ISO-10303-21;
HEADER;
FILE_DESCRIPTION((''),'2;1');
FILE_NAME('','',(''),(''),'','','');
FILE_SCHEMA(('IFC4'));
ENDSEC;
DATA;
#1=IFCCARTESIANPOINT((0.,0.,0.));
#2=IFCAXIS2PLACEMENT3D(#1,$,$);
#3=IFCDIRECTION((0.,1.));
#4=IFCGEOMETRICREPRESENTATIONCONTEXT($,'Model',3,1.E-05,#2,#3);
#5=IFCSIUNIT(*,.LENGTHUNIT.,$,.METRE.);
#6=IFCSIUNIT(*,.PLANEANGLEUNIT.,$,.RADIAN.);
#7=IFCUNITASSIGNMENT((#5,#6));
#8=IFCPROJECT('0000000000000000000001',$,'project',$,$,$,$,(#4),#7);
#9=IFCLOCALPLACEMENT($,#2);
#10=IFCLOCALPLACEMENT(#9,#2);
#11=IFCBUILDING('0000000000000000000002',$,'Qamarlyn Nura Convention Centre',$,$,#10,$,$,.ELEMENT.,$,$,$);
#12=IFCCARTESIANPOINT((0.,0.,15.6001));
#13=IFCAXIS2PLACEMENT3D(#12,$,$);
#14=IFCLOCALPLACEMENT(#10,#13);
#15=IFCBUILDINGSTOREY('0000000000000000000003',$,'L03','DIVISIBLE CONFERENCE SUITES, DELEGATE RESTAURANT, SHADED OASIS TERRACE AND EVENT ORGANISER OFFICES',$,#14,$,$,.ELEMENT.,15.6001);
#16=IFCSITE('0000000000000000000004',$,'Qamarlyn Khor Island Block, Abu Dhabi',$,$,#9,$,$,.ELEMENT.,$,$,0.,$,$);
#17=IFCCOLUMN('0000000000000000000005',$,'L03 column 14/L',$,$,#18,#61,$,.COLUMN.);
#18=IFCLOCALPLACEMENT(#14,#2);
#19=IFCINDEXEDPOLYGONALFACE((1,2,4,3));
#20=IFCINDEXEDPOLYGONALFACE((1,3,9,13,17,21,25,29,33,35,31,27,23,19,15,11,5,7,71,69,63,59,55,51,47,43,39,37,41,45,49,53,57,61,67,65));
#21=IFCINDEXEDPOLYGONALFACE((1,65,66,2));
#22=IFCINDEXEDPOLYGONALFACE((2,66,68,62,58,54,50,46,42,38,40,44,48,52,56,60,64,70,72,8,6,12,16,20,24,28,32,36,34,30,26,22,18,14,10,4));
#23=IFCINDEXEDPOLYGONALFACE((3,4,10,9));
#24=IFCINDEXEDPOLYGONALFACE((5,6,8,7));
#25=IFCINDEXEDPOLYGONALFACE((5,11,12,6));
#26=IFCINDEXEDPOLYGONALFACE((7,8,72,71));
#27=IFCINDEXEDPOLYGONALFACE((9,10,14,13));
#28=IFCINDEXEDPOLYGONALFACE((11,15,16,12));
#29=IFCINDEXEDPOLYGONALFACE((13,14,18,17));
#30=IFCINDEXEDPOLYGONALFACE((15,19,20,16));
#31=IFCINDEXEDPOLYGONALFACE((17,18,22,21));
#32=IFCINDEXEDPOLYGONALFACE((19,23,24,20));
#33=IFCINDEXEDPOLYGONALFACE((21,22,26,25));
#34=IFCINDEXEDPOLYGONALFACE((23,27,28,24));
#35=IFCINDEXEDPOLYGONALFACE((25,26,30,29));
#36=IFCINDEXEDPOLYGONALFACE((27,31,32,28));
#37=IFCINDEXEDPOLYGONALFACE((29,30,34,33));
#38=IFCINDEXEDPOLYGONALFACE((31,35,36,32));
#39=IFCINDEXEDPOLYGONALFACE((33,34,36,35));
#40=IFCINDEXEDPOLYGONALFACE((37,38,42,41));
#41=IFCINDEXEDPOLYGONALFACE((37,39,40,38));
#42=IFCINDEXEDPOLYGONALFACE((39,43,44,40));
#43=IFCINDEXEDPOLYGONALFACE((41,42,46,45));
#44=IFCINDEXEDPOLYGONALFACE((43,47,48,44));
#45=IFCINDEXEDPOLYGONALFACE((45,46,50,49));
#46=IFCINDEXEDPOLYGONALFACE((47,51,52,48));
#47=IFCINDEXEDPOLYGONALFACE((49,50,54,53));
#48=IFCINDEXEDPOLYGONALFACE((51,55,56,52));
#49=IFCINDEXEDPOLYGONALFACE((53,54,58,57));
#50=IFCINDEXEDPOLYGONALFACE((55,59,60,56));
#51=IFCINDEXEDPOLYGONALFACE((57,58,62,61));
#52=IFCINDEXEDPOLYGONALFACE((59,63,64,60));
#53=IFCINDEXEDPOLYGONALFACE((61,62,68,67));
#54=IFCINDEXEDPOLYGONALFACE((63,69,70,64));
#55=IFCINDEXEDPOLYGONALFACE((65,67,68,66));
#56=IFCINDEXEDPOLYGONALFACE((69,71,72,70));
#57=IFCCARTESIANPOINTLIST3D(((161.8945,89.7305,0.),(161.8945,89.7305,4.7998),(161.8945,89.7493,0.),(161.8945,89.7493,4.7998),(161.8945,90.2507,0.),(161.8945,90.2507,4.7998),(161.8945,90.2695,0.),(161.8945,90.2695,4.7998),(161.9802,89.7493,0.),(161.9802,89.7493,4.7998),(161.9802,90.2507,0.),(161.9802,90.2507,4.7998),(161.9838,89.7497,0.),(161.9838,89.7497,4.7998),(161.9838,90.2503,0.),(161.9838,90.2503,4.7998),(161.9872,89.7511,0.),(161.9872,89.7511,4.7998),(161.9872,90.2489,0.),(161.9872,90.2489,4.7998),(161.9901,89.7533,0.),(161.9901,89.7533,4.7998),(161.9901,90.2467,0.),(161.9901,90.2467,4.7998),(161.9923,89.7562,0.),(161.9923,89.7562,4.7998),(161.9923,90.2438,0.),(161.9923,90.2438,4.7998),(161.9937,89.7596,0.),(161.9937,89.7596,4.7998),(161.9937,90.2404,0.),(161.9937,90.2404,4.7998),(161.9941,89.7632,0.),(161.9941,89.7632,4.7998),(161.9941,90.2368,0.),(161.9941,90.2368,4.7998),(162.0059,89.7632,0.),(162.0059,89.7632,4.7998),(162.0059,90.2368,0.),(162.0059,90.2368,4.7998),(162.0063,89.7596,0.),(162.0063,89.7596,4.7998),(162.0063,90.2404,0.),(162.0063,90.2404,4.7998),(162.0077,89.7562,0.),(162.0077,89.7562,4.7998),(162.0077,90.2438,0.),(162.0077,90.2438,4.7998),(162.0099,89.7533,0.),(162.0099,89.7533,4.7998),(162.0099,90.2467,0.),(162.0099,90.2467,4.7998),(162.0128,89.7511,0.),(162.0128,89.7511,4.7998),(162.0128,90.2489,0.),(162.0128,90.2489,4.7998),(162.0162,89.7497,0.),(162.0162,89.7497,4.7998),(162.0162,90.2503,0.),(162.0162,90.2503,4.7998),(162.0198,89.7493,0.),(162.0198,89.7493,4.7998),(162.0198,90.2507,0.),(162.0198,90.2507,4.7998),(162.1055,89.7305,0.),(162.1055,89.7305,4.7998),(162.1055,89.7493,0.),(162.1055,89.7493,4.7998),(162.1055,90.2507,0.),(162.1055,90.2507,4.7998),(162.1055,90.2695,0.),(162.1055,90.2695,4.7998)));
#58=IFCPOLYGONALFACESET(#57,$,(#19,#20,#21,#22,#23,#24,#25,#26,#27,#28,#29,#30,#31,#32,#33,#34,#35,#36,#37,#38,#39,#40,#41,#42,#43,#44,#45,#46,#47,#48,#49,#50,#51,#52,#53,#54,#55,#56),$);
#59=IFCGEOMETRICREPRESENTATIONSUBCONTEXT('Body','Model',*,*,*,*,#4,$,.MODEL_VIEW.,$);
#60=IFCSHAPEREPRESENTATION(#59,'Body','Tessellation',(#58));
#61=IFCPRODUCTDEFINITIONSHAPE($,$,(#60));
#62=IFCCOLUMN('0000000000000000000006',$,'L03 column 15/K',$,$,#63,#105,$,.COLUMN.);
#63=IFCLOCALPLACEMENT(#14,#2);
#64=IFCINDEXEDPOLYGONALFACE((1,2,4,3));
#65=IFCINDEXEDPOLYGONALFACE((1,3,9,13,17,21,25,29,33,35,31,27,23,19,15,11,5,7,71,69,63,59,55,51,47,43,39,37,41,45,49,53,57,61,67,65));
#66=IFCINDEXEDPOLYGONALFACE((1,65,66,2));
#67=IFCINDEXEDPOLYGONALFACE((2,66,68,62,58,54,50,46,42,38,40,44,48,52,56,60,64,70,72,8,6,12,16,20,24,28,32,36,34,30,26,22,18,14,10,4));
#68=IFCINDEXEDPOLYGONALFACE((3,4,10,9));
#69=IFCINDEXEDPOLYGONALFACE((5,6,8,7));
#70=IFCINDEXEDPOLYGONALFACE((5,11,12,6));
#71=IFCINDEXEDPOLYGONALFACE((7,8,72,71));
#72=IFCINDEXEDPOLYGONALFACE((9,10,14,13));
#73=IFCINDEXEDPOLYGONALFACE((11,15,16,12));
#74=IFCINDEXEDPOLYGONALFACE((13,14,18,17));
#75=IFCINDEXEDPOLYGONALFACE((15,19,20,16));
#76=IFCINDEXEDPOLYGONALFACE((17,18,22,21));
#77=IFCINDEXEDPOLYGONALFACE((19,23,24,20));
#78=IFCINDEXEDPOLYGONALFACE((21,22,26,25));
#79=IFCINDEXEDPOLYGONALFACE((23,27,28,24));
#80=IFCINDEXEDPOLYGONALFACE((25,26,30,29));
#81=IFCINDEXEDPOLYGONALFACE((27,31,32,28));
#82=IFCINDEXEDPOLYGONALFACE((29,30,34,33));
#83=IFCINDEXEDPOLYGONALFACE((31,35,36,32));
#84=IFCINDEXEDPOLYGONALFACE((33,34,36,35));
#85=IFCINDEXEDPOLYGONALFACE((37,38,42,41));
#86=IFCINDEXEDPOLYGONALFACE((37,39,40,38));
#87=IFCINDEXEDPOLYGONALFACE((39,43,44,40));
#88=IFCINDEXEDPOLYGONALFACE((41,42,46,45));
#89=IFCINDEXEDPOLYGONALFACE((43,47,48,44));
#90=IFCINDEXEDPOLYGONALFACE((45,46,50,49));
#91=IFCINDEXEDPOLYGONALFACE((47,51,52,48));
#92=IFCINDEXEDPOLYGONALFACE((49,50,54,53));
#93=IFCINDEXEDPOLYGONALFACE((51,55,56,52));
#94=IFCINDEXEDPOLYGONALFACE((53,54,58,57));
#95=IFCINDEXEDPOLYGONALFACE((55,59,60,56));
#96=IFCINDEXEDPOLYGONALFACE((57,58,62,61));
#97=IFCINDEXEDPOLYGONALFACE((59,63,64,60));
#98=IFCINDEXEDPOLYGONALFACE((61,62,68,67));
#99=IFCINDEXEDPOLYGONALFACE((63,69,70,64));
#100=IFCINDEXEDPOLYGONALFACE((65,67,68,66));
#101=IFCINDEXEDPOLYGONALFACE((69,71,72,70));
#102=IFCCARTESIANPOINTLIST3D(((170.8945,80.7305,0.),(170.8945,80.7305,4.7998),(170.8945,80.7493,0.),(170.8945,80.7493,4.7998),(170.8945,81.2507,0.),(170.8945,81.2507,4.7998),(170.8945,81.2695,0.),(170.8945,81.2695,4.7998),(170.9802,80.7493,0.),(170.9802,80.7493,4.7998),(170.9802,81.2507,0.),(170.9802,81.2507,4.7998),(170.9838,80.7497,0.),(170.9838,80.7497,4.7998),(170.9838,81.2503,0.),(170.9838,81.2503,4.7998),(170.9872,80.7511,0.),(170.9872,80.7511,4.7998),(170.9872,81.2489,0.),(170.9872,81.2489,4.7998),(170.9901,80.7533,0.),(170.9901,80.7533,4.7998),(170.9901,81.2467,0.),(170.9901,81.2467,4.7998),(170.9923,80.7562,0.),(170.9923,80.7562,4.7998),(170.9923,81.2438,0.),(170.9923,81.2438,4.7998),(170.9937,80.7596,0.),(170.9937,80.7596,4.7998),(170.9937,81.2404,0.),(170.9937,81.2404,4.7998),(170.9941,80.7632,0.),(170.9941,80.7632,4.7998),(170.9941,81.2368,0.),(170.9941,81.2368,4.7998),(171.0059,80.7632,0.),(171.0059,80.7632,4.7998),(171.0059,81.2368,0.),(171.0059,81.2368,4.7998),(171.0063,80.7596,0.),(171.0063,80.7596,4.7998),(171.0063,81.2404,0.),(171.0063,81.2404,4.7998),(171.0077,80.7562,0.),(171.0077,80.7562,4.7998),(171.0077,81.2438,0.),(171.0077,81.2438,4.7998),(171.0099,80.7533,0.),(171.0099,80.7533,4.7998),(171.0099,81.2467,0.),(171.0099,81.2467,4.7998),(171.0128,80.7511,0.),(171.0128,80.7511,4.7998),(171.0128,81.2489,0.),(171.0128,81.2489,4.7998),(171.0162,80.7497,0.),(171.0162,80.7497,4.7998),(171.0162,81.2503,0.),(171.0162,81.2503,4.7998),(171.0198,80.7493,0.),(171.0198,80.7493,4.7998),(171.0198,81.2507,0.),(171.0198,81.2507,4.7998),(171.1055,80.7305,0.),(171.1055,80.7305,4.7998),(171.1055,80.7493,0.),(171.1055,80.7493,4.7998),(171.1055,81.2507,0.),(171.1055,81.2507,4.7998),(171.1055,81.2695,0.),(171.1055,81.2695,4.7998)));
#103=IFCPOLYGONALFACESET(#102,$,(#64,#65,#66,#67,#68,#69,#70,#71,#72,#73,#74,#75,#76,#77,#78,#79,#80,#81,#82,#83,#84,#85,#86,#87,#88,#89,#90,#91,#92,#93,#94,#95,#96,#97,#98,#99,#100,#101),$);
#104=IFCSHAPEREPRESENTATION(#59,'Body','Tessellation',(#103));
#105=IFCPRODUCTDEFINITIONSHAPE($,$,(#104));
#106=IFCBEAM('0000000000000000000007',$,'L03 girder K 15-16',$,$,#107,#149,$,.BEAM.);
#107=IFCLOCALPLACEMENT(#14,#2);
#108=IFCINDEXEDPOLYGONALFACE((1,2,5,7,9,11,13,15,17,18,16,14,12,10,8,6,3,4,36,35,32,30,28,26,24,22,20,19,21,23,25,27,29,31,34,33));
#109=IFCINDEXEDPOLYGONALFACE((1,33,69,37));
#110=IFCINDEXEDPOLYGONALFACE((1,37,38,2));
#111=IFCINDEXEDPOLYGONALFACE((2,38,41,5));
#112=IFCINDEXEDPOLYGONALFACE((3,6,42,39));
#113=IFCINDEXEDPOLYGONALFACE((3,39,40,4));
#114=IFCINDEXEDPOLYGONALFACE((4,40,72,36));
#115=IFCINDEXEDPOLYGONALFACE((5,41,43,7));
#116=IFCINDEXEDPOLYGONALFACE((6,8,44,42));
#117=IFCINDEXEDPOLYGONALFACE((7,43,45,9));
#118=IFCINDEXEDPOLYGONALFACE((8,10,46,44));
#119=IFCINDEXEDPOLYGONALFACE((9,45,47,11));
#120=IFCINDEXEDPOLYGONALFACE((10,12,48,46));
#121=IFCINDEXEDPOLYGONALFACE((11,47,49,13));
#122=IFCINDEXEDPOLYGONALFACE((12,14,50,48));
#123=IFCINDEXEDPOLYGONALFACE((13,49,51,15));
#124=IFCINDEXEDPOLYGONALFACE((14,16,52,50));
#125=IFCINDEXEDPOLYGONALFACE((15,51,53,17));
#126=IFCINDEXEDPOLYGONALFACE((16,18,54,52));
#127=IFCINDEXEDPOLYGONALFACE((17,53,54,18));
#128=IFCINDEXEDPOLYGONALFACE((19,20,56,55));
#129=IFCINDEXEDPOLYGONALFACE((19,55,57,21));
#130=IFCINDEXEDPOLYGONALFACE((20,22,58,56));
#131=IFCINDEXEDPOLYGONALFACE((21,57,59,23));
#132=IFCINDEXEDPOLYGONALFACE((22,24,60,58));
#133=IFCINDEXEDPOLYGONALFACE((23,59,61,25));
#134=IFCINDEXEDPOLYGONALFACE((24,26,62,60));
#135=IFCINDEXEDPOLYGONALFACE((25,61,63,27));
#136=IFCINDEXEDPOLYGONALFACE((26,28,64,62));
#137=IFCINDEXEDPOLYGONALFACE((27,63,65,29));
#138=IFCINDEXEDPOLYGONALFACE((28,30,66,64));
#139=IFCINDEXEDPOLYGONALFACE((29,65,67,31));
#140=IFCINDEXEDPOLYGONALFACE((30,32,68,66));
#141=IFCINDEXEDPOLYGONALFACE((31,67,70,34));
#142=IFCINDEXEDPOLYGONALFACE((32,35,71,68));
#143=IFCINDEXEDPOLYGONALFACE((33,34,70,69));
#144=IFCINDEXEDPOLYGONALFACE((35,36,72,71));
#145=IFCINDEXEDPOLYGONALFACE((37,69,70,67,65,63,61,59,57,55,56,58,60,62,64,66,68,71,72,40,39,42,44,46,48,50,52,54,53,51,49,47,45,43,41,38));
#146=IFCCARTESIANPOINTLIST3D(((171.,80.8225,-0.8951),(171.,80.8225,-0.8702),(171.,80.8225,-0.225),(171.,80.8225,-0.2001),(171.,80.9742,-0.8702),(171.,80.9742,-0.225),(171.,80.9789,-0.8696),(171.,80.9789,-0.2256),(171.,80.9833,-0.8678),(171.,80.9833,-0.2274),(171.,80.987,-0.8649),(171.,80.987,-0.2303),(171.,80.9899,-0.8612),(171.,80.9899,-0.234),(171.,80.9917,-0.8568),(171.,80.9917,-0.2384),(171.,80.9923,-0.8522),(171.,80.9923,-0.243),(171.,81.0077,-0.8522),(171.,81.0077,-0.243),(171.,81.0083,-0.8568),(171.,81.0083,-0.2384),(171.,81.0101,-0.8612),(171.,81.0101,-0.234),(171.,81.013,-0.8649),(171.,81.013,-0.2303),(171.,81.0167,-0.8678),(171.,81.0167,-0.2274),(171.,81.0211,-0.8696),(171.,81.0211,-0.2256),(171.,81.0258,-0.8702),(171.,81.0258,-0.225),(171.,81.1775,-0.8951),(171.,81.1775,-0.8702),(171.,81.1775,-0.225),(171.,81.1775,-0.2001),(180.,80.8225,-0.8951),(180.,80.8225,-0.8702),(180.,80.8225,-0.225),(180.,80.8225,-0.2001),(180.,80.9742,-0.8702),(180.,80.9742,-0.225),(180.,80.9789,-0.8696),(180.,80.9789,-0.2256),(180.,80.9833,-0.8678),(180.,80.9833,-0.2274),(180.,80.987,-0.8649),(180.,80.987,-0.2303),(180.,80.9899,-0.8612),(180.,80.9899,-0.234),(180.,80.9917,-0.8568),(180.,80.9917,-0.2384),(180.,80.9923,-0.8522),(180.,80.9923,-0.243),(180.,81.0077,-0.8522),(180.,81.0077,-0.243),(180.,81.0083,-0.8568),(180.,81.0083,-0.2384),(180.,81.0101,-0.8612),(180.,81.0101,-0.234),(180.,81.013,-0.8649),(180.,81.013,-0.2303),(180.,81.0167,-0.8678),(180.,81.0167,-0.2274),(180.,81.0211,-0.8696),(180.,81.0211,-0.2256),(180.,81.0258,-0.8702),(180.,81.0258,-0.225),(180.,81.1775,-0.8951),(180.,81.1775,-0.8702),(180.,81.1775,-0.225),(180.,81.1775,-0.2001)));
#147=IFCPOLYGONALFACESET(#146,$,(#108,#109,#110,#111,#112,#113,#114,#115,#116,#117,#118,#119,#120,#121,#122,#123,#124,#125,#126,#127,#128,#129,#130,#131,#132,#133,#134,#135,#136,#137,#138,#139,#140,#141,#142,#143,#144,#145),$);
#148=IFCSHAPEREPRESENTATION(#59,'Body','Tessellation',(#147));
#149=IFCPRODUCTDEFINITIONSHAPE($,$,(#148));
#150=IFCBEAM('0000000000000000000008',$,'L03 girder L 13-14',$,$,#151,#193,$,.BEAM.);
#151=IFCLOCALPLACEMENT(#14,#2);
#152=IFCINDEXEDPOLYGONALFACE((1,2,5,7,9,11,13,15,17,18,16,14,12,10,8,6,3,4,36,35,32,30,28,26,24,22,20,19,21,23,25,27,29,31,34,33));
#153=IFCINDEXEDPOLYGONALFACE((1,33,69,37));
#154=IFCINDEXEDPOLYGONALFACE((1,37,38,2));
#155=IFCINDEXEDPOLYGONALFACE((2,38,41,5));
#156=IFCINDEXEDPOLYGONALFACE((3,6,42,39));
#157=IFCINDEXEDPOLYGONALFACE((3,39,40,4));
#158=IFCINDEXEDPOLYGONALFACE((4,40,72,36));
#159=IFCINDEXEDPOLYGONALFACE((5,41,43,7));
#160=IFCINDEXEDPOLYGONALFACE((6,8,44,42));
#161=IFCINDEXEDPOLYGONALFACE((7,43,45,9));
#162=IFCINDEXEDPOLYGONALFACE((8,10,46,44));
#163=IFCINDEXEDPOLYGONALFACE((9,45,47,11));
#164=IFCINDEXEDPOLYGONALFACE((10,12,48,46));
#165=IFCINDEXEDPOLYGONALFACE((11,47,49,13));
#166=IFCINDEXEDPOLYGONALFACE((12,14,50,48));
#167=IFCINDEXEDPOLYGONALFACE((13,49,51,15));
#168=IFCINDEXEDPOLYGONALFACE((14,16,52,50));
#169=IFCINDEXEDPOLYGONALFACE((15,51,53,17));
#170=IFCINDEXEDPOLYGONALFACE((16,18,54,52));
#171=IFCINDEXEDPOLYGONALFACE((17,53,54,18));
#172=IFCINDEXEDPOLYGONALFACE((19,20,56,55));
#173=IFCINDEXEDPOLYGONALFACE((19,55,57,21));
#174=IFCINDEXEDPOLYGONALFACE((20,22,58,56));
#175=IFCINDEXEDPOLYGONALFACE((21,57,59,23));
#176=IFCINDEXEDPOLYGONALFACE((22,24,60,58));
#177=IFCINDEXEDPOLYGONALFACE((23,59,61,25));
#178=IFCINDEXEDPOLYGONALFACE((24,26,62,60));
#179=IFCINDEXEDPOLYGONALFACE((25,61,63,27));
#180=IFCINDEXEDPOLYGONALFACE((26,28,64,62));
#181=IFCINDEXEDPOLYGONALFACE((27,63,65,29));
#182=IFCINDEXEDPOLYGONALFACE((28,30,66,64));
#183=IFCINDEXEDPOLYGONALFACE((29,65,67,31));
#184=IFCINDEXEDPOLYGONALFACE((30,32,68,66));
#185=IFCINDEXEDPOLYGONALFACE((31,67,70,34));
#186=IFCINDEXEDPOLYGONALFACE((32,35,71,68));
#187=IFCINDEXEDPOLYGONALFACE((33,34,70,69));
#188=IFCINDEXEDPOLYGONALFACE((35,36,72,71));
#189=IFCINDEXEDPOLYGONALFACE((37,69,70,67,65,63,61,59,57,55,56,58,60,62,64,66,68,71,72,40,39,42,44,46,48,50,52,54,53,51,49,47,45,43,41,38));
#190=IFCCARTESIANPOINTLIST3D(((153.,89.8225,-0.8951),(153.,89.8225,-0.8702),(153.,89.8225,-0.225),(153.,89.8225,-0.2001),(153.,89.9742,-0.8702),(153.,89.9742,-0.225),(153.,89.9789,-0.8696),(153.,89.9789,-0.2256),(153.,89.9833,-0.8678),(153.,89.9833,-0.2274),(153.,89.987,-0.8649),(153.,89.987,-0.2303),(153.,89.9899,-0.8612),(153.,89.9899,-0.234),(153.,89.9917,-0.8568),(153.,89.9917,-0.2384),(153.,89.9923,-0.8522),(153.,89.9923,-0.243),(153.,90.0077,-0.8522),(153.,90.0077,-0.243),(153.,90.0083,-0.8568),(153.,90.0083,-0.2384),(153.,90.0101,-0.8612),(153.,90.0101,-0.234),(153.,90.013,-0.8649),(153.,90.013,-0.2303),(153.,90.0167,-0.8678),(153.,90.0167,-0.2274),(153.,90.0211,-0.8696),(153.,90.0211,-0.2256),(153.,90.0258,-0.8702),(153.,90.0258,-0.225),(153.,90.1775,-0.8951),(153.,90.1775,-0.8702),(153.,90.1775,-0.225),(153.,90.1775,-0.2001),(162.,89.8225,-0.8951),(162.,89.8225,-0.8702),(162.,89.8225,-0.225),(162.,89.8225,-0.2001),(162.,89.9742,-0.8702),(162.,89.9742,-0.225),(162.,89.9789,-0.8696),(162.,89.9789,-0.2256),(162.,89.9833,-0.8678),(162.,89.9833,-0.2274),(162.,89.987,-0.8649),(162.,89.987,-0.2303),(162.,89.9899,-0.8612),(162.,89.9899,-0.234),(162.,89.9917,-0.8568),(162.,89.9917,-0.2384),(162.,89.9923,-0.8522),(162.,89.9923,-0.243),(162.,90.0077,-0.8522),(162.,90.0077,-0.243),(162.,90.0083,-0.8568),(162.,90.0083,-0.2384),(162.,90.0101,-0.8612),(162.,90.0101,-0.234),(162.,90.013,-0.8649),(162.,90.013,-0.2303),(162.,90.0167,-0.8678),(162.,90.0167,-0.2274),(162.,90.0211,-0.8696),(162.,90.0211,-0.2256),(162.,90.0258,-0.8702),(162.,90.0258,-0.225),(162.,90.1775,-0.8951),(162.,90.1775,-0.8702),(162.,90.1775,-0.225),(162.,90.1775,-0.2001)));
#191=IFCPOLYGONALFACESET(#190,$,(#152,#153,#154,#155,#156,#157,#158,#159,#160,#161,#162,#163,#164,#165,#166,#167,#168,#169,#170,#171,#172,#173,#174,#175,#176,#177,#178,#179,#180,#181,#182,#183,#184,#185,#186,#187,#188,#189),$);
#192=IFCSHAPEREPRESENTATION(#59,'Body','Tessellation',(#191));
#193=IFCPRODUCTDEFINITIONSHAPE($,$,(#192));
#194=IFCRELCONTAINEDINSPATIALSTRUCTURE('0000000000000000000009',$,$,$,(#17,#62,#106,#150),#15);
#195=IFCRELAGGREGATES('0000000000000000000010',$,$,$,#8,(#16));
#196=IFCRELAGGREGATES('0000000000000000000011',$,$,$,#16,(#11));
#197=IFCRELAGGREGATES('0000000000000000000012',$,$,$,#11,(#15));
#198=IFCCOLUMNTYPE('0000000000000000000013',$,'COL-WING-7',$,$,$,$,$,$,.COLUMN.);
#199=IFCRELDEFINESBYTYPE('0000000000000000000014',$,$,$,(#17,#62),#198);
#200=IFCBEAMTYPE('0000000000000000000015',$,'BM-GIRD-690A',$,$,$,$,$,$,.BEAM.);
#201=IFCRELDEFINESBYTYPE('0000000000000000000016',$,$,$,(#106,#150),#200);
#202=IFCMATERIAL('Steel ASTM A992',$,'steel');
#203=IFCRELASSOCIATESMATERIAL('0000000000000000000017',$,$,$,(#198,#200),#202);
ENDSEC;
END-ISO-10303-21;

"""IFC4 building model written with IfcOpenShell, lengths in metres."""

from ifc_helpers import new_model, si_unit, direction, frame, origin, origin_2d, place, context, subcontext, project, spatial, i_section, extrude, material, material_profile, profile_set, type_object, element, save


model = new_model("IFC4")

# Units and contexts
model_context = context("Model", 3, precision=1e-05, world=origin(), true_north=direction((0.0, 1.0)))
body_context = subcontext(model_context, "Body", "Model", "MODEL_VIEW")
ifc_project = project(units=[si_unit("LENGTHUNIT", "METRE"), si_unit("PLANEANGLEUNIT", "RADIAN")], contexts=[model_context])

# Site, building, storey
site_placement = place(None, origin())
site = spatial("IfcSite", under=ifc_project, at=site_placement, Name="Qamarlyn Khor Island Block, Abu Dhabi", CompositionType="ELEMENT", RefElevation=0.0)
building_placement = place(site_placement, origin())
building = spatial("IfcBuilding", under=site, at=building_placement, Name="Qamarlyn Nura Convention Centre", CompositionType="ELEMENT")
storey_placement = place(building_placement, frame((0.0, 0.0, 15.6001)))
storey = spatial("IfcBuildingStorey", under=building, at=storey_placement, Name="L03", Description="DIVISIBLE CONFERENCE SUITES, DELEGATE RESTAURANT, SHADED OASIS TERRACE AND EVENT ORGANISER OFFICES", CompositionType="ELEMENT", Elevation=15.6001)

# Columns
ifc_material_1 = material(Name="Steel ASTM A992", Category="steel")
ifc_material_profile_1 = material_profile(ifc_material_1, i_section(OverallWidth=0.2109, OverallDepth=0.5391, WebThickness=0.0117, FlangeThickness=0.0188, FilletRadius=0.0139, at=origin_2d()), Name="W530X109")
ifc_profile_set_1 = profile_set([ifc_material_profile_1], Name="Steel ASTM A992")
column_type_1 = type_object("IfcColumnType", Name="COL-WING-7", PredefinedType="COLUMN", material=ifc_profile_set_1)
for number, where, z_axis, x_axis, name in (
    (1, (162.0, 90.0, 0.0), (0.0, 0.0, 1.0), (1.0, 0.0, 0.0), "L03 column 14/L"),
    (2, (171.0, 81.0, 0.0), (0.0, 0.0, 1.0), (1.0, 0.0, 0.0), "L03 column 15/K"),
):
    element("IfcColumn", number, at=place(storey_placement, frame(where, z_axis=z_axis, x_axis=x_axis)), inside=storey, type_object=column_type_1, Name=name, PredefinedType="COLUMN", context=body_context, shape_type="SweptSolid", body=[
        extrude(i_section(OverallWidth=0.2109, OverallDepth=0.5391, WebThickness=0.0117, FlangeThickness=0.0188, FilletRadius=0.0139, at=origin_2d()), origin(), (0.0, 0.0, 1.0), 4.7998),
    ])

# Beams
ifc_material_profile_2 = material_profile(ifc_material_1, i_section(OverallWidth=0.355, OverallDepth=0.6951, WebThickness=0.0154, FlangeThickness=0.0249, FilletRadius=0.0181, at=origin_2d()), Name="W690X217")
ifc_profile_set_2 = profile_set([ifc_material_profile_2], Name="Steel ASTM A992")
beam_type_1 = type_object("IfcBeamType", Name="BM-GIRD-690A", PredefinedType="BEAM", material=ifc_profile_set_2)
for number, where, z_axis, x_axis, name in (
    (3, (171.0, 81.0, -0.5476), (1.0, 0.0, 0.0), (0.0, 1.0, 0.0), "L03 girder K 15-16"),
    (4, (153.0, 90.0, -0.5476), (1.0, 0.0, 0.0), (0.0, 1.0, 0.0), "L03 girder L 13-14"),
):
    element("IfcBeam", number, at=place(storey_placement, frame(where, z_axis=z_axis, x_axis=x_axis)), inside=storey, type_object=beam_type_1, Name=name, PredefinedType="BEAM", context=body_context, shape_type="SweptSolid", body=[
        extrude(i_section(OverallWidth=0.355, OverallDepth=0.6951, WebThickness=0.0154, FlangeThickness=0.0249, FilletRadius=0.0181, at=origin_2d()), origin(), (0.0, 0.0, 1.0), 9.0),
    ])

save(model, "model.ifc")
